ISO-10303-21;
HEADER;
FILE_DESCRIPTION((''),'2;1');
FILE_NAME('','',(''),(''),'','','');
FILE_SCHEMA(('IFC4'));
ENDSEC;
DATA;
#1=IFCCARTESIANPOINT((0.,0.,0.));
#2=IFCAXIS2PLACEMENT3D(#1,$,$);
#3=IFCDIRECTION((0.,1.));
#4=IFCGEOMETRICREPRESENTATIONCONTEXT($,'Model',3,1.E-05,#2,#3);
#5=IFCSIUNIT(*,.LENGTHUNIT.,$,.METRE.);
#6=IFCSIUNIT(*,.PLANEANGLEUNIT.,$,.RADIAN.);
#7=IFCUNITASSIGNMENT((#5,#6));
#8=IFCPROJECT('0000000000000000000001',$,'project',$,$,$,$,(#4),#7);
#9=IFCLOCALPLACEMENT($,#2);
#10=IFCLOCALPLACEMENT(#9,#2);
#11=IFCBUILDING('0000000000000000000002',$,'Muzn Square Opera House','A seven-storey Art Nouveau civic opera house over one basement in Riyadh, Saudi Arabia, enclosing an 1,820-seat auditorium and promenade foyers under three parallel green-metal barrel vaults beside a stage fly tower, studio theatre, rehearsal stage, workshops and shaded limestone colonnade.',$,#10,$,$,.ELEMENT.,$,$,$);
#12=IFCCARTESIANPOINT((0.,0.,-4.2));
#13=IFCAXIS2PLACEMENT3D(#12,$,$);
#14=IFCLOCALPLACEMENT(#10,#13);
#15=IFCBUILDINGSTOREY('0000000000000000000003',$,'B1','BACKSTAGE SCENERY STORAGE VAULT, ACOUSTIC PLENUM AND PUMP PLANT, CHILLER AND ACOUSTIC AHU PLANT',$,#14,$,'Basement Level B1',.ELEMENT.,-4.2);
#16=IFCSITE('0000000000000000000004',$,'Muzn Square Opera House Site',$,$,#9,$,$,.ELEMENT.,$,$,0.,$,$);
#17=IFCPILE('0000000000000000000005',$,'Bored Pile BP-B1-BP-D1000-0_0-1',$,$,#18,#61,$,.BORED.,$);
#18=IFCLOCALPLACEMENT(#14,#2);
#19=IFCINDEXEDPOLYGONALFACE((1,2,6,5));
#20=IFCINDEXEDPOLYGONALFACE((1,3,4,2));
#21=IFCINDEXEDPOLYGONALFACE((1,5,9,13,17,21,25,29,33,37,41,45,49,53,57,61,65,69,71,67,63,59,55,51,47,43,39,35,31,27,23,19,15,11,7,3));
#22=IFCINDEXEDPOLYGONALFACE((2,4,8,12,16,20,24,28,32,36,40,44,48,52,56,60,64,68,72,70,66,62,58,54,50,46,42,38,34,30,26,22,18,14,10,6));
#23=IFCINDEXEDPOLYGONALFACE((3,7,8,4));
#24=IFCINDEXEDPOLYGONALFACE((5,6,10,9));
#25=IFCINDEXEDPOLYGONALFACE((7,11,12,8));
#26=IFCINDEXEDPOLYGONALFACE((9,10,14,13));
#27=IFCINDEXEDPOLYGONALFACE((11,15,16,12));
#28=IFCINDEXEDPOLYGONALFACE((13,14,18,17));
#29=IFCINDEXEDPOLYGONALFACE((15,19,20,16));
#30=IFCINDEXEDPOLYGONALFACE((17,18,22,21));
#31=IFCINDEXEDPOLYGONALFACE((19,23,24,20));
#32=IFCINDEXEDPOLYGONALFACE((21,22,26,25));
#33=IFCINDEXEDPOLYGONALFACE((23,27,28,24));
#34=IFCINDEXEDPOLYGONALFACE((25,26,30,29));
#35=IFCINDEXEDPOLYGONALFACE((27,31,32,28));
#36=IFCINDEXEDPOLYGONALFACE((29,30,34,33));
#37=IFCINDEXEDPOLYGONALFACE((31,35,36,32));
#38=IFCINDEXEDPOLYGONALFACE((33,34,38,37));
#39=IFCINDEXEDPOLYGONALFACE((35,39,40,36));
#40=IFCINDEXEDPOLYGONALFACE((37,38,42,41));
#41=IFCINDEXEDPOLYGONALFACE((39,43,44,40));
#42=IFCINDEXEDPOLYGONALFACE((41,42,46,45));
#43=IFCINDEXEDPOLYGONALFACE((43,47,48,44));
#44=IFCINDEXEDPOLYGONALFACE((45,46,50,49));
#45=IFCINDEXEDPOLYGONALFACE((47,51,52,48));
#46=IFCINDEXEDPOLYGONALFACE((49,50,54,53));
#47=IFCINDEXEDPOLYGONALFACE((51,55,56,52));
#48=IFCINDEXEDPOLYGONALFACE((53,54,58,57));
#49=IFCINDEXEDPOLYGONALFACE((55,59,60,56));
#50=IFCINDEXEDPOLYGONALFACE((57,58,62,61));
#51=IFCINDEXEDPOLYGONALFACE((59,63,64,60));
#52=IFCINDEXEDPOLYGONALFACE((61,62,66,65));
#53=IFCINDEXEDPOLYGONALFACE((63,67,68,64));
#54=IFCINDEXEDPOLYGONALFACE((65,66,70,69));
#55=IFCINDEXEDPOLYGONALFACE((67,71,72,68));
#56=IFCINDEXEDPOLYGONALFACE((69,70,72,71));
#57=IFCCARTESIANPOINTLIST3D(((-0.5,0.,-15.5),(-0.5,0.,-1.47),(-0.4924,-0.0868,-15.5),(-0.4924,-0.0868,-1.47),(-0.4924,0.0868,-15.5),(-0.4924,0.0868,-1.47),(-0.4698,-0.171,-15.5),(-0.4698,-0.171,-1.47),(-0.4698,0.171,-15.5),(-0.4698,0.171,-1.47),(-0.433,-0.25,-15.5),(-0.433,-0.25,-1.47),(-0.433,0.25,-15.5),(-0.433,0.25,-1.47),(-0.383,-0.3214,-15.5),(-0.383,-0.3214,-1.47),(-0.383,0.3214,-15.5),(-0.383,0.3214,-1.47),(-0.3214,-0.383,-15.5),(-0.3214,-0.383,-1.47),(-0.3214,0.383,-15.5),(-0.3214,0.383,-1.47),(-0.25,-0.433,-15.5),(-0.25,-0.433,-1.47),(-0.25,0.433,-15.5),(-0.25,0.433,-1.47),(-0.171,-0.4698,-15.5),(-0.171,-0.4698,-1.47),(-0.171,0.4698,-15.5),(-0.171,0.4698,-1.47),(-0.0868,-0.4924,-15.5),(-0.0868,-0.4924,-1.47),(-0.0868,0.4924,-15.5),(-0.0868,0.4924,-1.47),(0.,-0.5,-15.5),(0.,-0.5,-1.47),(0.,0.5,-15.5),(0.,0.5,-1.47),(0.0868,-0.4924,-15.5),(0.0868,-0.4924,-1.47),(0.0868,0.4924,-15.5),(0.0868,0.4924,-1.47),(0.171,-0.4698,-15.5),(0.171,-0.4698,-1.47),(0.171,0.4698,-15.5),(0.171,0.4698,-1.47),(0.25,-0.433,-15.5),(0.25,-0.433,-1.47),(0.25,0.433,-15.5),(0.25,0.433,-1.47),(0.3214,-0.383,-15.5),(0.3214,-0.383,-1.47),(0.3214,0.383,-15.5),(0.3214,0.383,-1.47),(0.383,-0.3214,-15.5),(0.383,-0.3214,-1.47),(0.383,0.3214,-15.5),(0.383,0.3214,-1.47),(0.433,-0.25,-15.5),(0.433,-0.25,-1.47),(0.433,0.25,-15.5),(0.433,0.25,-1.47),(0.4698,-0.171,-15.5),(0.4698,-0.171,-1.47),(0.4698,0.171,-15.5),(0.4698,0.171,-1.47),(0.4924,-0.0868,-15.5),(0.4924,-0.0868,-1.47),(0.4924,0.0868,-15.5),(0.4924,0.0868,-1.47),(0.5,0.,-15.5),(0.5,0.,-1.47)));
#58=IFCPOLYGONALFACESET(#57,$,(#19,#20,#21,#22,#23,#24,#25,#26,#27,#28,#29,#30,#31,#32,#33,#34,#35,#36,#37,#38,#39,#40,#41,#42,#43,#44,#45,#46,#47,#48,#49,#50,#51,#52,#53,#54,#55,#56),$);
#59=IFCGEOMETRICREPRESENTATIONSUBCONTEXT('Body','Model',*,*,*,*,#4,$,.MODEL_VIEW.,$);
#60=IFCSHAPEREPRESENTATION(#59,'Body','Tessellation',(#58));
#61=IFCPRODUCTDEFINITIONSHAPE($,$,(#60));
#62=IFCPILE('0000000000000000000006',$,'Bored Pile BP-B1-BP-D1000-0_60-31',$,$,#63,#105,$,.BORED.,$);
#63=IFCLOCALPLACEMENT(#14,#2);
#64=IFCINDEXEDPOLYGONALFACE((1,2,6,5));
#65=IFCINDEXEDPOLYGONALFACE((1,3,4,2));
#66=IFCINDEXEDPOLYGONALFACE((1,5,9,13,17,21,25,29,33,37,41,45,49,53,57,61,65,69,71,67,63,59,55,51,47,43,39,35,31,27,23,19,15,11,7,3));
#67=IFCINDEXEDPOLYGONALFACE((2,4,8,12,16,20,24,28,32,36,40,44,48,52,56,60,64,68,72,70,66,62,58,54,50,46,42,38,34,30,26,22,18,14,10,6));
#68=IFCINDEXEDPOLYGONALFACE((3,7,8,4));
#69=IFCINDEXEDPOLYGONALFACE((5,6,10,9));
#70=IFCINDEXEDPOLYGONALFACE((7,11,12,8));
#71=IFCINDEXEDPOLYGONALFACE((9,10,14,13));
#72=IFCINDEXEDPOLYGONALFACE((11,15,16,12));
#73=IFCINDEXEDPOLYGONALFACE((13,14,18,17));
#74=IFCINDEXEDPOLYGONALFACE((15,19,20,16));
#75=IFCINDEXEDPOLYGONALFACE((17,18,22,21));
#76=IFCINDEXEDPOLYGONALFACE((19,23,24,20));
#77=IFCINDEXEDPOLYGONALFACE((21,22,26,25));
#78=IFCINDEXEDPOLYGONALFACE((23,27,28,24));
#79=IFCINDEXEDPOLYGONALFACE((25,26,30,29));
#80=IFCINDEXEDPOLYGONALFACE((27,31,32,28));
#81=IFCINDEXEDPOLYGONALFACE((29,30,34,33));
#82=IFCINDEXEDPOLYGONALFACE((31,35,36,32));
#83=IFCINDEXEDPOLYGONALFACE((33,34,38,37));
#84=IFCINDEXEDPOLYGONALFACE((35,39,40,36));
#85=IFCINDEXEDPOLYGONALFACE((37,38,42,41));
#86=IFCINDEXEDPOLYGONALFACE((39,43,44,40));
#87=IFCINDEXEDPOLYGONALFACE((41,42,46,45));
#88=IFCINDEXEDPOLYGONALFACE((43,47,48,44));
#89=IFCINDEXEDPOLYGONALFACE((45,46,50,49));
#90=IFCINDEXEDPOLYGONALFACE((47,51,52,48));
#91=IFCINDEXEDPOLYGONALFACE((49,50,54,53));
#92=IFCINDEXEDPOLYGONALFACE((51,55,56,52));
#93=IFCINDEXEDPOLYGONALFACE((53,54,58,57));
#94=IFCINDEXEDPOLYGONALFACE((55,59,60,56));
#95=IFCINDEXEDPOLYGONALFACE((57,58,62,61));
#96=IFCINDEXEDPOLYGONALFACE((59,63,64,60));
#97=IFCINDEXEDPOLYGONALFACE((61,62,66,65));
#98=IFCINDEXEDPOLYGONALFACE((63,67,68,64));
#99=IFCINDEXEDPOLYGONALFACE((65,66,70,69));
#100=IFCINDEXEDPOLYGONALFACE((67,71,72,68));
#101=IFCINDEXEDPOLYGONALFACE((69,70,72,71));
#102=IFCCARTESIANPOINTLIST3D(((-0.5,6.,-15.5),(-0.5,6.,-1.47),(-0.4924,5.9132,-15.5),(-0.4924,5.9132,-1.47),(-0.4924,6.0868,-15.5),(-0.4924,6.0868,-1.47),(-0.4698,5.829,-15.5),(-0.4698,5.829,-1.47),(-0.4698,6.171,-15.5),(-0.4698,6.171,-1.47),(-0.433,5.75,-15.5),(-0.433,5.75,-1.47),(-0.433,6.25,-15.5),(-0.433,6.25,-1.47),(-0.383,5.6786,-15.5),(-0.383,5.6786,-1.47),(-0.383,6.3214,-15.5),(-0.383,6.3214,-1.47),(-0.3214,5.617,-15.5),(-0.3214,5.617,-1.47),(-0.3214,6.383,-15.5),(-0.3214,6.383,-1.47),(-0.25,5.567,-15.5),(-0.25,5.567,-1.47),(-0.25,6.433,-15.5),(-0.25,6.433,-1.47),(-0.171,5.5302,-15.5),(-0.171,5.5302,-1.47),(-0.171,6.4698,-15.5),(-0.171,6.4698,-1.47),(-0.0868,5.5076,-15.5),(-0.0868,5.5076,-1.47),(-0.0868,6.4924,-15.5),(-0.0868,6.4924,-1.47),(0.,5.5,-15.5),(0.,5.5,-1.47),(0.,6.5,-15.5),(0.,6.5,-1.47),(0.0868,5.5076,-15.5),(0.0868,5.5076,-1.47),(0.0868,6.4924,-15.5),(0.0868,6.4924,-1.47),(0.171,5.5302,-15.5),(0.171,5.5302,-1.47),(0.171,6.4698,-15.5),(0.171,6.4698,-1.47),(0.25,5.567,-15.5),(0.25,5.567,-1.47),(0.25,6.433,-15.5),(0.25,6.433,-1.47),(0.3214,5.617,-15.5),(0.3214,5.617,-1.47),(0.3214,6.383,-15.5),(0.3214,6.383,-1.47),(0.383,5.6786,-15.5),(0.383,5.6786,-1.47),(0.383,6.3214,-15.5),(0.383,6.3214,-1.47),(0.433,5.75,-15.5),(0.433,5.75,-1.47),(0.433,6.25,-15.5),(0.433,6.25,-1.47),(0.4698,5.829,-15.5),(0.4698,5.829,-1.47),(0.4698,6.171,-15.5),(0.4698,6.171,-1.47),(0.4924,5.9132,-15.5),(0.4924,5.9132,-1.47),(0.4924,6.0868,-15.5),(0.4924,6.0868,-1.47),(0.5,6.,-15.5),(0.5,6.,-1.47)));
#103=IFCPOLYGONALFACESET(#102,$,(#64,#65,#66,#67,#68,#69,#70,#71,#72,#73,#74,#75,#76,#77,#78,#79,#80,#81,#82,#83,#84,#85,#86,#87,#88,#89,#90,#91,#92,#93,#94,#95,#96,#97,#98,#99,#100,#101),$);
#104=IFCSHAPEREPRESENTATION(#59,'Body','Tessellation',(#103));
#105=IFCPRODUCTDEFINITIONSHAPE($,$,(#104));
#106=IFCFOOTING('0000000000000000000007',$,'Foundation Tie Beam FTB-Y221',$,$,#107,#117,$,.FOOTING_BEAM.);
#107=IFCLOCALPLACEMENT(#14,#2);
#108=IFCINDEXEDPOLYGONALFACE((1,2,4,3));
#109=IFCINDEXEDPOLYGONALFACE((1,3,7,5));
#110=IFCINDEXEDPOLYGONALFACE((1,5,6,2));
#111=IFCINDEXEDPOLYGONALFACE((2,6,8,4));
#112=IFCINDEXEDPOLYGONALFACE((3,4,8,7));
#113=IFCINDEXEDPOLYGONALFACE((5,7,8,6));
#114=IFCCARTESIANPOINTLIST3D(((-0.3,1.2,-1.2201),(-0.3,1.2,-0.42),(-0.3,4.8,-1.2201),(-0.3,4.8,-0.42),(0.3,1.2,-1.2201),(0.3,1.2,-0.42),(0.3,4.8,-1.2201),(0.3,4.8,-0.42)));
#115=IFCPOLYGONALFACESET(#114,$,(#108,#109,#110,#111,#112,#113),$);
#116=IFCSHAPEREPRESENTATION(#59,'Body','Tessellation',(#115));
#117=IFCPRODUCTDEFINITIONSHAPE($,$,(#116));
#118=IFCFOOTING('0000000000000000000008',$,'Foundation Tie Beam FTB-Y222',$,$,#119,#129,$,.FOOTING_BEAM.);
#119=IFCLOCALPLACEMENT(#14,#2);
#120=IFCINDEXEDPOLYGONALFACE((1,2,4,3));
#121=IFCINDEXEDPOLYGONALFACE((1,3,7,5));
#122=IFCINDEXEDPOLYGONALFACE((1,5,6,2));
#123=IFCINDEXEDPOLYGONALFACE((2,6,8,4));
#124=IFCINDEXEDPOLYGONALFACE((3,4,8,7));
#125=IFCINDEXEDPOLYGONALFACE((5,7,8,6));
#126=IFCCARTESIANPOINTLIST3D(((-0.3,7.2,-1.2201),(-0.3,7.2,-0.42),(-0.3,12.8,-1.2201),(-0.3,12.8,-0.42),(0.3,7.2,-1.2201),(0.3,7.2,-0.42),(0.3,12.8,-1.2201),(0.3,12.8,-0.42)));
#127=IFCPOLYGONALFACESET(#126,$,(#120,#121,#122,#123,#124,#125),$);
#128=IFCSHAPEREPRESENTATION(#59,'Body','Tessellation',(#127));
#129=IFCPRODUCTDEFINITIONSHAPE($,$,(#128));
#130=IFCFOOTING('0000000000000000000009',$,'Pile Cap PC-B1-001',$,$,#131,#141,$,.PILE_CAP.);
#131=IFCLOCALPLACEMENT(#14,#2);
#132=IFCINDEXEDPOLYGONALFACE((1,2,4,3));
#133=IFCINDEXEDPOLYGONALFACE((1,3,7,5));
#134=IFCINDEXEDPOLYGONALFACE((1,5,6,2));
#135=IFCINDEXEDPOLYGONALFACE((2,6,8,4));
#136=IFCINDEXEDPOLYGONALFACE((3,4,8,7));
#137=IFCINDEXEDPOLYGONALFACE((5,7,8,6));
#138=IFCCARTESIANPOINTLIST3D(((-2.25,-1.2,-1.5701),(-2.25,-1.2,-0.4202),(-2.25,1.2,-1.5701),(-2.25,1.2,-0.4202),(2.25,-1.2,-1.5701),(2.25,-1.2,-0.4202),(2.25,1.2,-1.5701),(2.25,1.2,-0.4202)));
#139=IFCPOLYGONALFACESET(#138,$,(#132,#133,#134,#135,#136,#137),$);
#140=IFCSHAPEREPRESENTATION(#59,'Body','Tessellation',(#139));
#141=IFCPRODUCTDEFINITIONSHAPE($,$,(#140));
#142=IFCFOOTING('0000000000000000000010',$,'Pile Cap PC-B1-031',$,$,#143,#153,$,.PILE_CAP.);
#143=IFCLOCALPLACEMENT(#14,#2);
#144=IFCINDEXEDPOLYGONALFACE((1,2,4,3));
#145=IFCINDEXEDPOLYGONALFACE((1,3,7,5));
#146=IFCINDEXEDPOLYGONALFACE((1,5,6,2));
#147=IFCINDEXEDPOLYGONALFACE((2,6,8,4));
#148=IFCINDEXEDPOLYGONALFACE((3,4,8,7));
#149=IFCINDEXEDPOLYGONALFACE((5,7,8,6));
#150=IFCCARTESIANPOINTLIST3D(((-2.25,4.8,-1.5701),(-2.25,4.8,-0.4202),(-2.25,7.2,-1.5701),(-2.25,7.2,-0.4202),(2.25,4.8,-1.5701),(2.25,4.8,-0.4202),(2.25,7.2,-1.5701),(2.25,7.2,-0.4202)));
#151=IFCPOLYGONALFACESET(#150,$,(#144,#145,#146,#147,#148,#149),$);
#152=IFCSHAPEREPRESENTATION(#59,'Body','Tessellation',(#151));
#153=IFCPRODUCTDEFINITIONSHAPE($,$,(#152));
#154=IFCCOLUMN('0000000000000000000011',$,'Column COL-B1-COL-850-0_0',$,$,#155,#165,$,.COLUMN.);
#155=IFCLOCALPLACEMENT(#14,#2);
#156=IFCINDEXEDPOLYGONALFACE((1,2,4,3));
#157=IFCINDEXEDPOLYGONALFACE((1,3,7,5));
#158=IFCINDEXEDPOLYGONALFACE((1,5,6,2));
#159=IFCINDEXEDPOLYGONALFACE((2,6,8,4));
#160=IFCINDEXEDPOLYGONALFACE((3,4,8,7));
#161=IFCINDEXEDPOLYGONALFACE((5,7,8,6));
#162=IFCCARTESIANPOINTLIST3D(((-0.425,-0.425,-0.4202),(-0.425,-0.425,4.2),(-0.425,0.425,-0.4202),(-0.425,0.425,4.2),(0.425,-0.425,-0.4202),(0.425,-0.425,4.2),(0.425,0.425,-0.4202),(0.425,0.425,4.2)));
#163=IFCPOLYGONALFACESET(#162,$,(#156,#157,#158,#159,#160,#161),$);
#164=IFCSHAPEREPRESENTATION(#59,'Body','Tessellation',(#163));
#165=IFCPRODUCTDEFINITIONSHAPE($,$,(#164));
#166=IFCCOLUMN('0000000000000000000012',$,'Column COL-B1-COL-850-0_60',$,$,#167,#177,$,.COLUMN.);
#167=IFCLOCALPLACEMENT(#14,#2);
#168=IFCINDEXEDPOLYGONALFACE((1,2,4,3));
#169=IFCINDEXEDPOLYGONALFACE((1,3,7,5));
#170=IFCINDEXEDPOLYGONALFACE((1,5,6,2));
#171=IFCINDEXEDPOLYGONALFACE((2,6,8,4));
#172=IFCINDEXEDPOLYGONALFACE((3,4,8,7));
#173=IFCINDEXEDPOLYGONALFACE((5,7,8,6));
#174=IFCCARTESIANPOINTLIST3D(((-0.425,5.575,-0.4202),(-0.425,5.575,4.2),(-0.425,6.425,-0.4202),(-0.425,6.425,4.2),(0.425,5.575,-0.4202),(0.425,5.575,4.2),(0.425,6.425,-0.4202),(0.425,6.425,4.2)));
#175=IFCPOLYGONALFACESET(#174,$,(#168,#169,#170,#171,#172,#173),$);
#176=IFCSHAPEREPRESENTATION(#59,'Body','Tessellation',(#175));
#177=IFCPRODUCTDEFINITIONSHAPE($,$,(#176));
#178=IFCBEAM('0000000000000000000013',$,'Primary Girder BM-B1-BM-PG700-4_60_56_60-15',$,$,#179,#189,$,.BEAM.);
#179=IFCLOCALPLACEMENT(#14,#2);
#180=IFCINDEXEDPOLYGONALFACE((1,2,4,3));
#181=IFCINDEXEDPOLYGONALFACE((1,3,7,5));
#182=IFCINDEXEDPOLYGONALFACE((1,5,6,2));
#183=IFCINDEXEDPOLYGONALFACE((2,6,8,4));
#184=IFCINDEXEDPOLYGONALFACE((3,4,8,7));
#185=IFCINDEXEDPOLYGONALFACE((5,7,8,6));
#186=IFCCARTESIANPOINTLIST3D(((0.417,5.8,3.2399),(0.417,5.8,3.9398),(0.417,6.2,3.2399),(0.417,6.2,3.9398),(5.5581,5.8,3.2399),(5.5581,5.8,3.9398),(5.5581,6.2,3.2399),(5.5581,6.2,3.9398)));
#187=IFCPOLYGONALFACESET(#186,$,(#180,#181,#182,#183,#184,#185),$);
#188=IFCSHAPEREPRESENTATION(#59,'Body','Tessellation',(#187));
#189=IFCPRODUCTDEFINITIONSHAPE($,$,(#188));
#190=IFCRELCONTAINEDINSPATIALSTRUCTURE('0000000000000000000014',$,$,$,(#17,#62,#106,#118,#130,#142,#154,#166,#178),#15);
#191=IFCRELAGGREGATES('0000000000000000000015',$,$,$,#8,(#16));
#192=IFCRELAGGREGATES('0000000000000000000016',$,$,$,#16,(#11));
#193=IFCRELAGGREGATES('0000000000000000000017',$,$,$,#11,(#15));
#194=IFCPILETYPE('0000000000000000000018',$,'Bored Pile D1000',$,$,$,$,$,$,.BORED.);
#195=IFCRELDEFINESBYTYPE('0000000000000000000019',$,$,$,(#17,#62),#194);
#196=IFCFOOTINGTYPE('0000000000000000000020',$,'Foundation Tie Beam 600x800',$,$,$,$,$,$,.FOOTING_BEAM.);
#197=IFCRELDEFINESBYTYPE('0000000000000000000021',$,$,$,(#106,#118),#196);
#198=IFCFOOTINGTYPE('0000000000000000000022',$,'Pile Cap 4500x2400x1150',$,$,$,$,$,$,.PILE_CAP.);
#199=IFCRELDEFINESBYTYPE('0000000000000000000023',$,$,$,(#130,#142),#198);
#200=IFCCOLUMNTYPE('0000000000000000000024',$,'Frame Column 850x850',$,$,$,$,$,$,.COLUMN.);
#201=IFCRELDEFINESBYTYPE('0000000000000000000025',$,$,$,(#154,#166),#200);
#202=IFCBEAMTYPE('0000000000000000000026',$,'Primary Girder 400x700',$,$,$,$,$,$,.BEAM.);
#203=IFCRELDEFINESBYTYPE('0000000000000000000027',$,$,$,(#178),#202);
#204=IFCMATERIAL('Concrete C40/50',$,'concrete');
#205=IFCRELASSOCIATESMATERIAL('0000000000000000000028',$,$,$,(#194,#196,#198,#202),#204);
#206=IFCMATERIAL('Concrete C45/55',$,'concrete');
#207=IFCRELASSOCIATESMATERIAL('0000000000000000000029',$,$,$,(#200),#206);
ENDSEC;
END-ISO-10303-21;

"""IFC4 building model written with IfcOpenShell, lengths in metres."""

from ifc_helpers import new_model, si_unit, direction, frame, origin, origin_2d, place, context, subcontext, project, spatial, rectangle, circle, extrude, material, material_profile, profile_set, type_object, element, save


model = new_model("IFC4")

# Units and contexts
model_context = context("Model", 3, precision=1e-05, world=origin(), true_north=direction((0.0, 1.0)))
body_context = subcontext(model_context, "Body", "Model", "MODEL_VIEW")
ifc_project = project(units=[si_unit("LENGTHUNIT", "METRE"), si_unit("PLANEANGLEUNIT", "RADIAN")], contexts=[model_context])

# Site, building, storey
site_placement = place(None, origin())
site = spatial("IfcSite", under=ifc_project, at=site_placement, Name="Muzn Square Opera House Site", CompositionType="ELEMENT", RefElevation=0.0)
building_placement = place(site_placement, origin())
building = spatial("IfcBuilding", under=site, at=building_placement, Name="Muzn Square Opera House", Description="A seven-storey Art Nouveau civic opera house over one basement in Riyadh, Saudi Arabia, enclosing an 1,820-seat auditorium and promenade foyers under three parallel green-metal barrel vaults beside a stage fly tower, studio theatre, rehearsal stage, workshops and shaded limestone colonnade.", CompositionType="ELEMENT")
storey_placement = place(building_placement, frame((0.0, 0.0, -4.2)))
storey = spatial("IfcBuildingStorey", under=building, at=storey_placement, Name="B1", Description="BACKSTAGE SCENERY STORAGE VAULT, ACOUSTIC PLENUM AND PUMP PLANT, CHILLER AND ACOUSTIC AHU PLANT", LongName="Basement Level B1", CompositionType="ELEMENT", Elevation=-4.2)

# Piles
ifc_material_1 = material(Name="Concrete C40/50", Category="concrete")
ifc_material_profile_1 = material_profile(ifc_material_1, circle(Radius=0.5, at=origin_2d()), Name="BORED PILE D1000", Category="concrete")
ifc_profile_set_1 = profile_set([ifc_material_profile_1], Name="Concrete C40/50")
pile_type = type_object("IfcPileType", Name="Bored Pile D1000", PredefinedType="BORED", material=ifc_profile_set_1)
for number, where, z_axis, x_axis, name in (
    (1, (0.0, 0.0, -1.47), (0.0, 0.0, -1.0), (1.0, 0.0, 0.0), "Bored Pile BP-B1-BP-D1000-0_0-1"),
    (2, (0.0, 6.0, -1.47), (0.0, 0.0, -1.0), (1.0, 0.0, 0.0), "Bored Pile BP-B1-BP-D1000-0_60-31"),
):
    element("IfcPile", number, at=place(storey_placement, frame(where, z_axis=z_axis, x_axis=x_axis)), inside=storey, type_object=pile_type, Name=name, PredefinedType="BORED", context=body_context, shape_type="SweptSolid", body=[
        extrude(circle(Radius=0.5, at=origin_2d()), origin(), (0.0, 0.0, 1.0), 14.03),
    ])

# Footings
ifc_material_profile_2 = material_profile(ifc_material_1, rectangle(XDim=0.6001, YDim=0.8, at=origin_2d()), Name="RCTB 600x800", Category="concrete")
ifc_profile_set_2 = profile_set([ifc_material_profile_2], Name="Concrete C40/50")
footing_type_1 = type_object("IfcFootingType", Name="Foundation Tie Beam 600x800", PredefinedType="FOOTING_BEAM", material=ifc_profile_set_2)
footing_1_placement = place(storey_placement, frame((0.0, 1.2, -0.8201), z_axis=(0.0, 1.0, 0.0), x_axis=(-1.0, 0.0, 0.0)))
element("IfcFooting", 3, at=footing_1_placement, inside=storey, type_object=footing_type_1, Name="Foundation Tie Beam FTB-Y221", PredefinedType="FOOTING_BEAM", context=body_context, shape_type="SweptSolid", body=[
    extrude(rectangle(XDim=0.6001, YDim=0.8, at=origin_2d()), origin(), (0.0, 0.0, 1.0), 3.6001),
])
footing_2_placement = place(storey_placement, frame((0.0, 7.2, -0.8201), z_axis=(0.0, 1.0, 0.0), x_axis=(-1.0, 0.0, 0.0)))
element("IfcFooting", 4, at=footing_2_placement, inside=storey, type_object=footing_type_1, Name="Foundation Tie Beam FTB-Y222", PredefinedType="FOOTING_BEAM", context=body_context, shape_type="SweptSolid", body=[
    extrude(rectangle(XDim=0.6001, YDim=0.8, at=origin_2d()), origin(), (0.0, 0.0, 1.0), 5.6001),
])
footing_type_2 = type_object("IfcFootingType", Name="Pile Cap 4500x2400x1150", PredefinedType="PILE_CAP", material=ifc_material_1)
for number, where, z_axis, x_axis, name in (
    (5, (0.0, 0.0, -1.5701), (0.0, 0.0, 1.0), (1.0, 0.0, 0.0), "Pile Cap PC-B1-001"),
    (6, (0.0, 6.0, -1.5701), (0.0, 0.0, 1.0), (1.0, 0.0, 0.0), "Pile Cap PC-B1-031"),
):
    element("IfcFooting", number, at=place(storey_placement, frame(where, z_axis=z_axis, x_axis=x_axis)), inside=storey, type_object=footing_type_2, Name=name, PredefinedType="PILE_CAP", context=body_context, shape_type="SweptSolid", body=[
        extrude(rectangle(XDim=4.5, YDim=2.3999, at=origin_2d()), origin(), (0.0, 0.0, 1.0), 1.1499),
    ])

# Columns
ifc_material_2 = material(Name="Concrete C45/55", Category="concrete")
ifc_material_profile_3 = material_profile(ifc_material_2, rectangle(XDim=0.8501, YDim=0.8501, at=origin_2d()), Name="RC 850x850", Category="concrete")
ifc_profile_set_3 = profile_set([ifc_material_profile_3], Name="Concrete C45/55")
column_type = type_object("IfcColumnType", Name="Frame Column 850x850", PredefinedType="COLUMN", material=ifc_profile_set_3)
for number, where, z_axis, x_axis, name in (
    (7, (0.0, 0.0, -0.4202), (0.0, 0.0, 1.0), (1.0, 0.0, 0.0), "Column COL-B1-COL-850-0_0"),
    (8, (0.0, 6.0, -0.4202), (0.0, 0.0, 1.0), (1.0, 0.0, 0.0), "Column COL-B1-COL-850-0_60"),
):
    element("IfcColumn", number, at=place(storey_placement, frame(where, z_axis=z_axis, x_axis=x_axis)), inside=storey, type_object=column_type, Name=name, PredefinedType="COLUMN", context=body_context, shape_type="SweptSolid", body=[
        extrude(rectangle(XDim=0.8501, YDim=0.8501, at=origin_2d()), origin(), (0.0, 0.0, 1.0), 4.6201),
    ])

# Beam
ifc_material_profile_4 = material_profile(ifc_material_1, rectangle(XDim=0.3999, YDim=0.7, at=origin_2d()), Name="RCB 400x700", Category="concrete")
ifc_profile_set_4 = profile_set([ifc_material_profile_4], Name="Concrete C40/50")
beam_type_1 = type_object("IfcBeamType", Name="Primary Girder 400x700", PredefinedType="BEAM", material=ifc_profile_set_4)
beam_1_placement = place(storey_placement, frame((0.417, 6.0, 3.5898), z_axis=(1.0, 0.0, 0.0), x_axis=(0.0, 1.0, 0.0)))
element("IfcBeam", 9, at=beam_1_placement, inside=storey, type_object=beam_type_1, Name="Primary Girder BM-B1-BM-PG700-4_60_56_60-15", PredefinedType="BEAM", context=body_context, shape_type="SweptSolid", body=[
    extrude(rectangle(XDim=0.3999, YDim=0.7, at=origin_2d()), origin(), (0.0, 0.0, 1.0), 5.1411),
])

save(model, "model.ifc")
